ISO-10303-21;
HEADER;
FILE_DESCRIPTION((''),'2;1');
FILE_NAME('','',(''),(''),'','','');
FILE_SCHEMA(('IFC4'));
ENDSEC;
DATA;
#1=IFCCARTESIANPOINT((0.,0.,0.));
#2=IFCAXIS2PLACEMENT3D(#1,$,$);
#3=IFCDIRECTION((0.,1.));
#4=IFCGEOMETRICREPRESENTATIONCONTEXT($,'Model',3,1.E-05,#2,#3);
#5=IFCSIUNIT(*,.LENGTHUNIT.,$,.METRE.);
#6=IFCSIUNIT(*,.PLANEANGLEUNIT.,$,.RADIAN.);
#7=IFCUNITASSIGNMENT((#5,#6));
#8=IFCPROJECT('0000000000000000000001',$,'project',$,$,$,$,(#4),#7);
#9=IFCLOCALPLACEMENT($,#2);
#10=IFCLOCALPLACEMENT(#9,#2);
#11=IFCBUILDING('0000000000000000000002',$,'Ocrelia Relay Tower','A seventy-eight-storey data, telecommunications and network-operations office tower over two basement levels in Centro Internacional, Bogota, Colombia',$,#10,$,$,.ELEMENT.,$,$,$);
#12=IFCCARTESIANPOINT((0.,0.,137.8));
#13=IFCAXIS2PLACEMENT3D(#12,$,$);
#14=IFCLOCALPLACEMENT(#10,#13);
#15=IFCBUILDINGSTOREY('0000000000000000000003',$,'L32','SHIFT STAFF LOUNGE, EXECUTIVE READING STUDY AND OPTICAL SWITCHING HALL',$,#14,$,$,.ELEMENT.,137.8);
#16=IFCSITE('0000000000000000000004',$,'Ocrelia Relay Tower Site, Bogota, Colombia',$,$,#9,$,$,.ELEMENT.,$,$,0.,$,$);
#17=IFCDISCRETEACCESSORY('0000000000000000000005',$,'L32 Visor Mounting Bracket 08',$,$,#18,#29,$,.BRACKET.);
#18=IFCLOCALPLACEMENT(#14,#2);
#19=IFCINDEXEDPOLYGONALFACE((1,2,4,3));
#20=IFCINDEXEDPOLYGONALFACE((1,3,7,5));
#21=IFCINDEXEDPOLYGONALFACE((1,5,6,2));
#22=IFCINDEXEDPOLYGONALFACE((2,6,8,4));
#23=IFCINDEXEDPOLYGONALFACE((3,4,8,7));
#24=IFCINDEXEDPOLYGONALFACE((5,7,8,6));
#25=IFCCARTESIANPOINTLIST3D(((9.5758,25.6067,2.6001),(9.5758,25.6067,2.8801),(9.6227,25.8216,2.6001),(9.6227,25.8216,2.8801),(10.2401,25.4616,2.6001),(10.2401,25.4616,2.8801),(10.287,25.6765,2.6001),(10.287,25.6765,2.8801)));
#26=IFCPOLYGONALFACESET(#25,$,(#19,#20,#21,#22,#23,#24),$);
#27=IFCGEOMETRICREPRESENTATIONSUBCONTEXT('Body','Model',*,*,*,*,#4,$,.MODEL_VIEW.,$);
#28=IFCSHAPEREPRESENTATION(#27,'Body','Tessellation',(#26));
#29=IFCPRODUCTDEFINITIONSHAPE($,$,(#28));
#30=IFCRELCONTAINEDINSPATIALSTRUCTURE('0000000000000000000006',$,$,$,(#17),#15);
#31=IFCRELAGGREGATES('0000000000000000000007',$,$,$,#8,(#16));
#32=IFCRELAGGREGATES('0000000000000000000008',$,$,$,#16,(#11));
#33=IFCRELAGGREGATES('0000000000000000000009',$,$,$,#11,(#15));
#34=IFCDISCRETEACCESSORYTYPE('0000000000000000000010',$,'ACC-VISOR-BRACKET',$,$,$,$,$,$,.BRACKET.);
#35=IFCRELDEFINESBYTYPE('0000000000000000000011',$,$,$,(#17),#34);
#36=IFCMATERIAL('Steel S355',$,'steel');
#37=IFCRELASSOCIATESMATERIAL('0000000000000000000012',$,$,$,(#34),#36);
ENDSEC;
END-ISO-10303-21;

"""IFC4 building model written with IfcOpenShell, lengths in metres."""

from ifc_helpers import new_model, si_unit, direction, frame, origin, origin_2d, place, context, subcontext, project, spatial, rectangle, extrude, material, type_object, element, save


model = new_model("IFC4")

# Units and contexts
model_context = context("Model", 3, precision=1e-05, world=origin(), true_north=direction((0.0, 1.0)))
body_context = subcontext(model_context, "Body", "Model", "MODEL_VIEW")
ifc_project = project(units=[si_unit("LENGTHUNIT", "METRE"), si_unit("PLANEANGLEUNIT", "RADIAN")], contexts=[model_context])

# Site, building, storey
site_placement = place(None, origin())
site = spatial("IfcSite", under=ifc_project, at=site_placement, Name="Ocrelia Relay Tower Site, Bogota, Colombia", CompositionType="ELEMENT", RefElevation=0.0)
building_placement = place(site_placement, origin())
building = spatial("IfcBuilding", under=site, at=building_placement, Name="Ocrelia Relay Tower", Description="A seventy-eight-storey data, telecommunications and network-operations office tower over two basement levels in Centro Internacional, Bogota, Colombia", CompositionType="ELEMENT")
storey_placement = place(building_placement, frame((0.0, 0.0, 137.8)))
storey = spatial("IfcBuildingStorey", under=building, at=storey_placement, Name="L32", Description="SHIFT STAFF LOUNGE, EXECUTIVE READING STUDY AND OPTICAL SWITCHING HALL", CompositionType="ELEMENT", Elevation=137.8)

# Shared definitions
ifc_material_1 = material(Name="Steel S355", Category="steel")

# Discrete accessory
discrete_accessory_type = type_object("IfcDiscreteAccessoryType", Name="ACC-VISOR-BRACKET", PredefinedType="BRACKET", material=ifc_material_1)
discrete_accessory_placement = place(storey_placement, frame((9.9314, 25.6416, 2.6001), z_axis=(0.0, 0.0, 1.0), x_axis=(-0.21336, -0.976974, 0.0)))
element("IfcDiscreteAccessory", 1, at=discrete_accessory_placement, inside=storey, type_object=discrete_accessory_type, Name="L32 Visor Mounting Bracket 08", PredefinedType="BRACKET", context=body_context, shape_type="SweptSolid", body=[
    extrude(rectangle(XDim=0.22, YDim=0.6799, at=origin_2d()), origin(), (0.0, 0.0, 1.0), 0.28),
])

save(model, "model.ifc")
